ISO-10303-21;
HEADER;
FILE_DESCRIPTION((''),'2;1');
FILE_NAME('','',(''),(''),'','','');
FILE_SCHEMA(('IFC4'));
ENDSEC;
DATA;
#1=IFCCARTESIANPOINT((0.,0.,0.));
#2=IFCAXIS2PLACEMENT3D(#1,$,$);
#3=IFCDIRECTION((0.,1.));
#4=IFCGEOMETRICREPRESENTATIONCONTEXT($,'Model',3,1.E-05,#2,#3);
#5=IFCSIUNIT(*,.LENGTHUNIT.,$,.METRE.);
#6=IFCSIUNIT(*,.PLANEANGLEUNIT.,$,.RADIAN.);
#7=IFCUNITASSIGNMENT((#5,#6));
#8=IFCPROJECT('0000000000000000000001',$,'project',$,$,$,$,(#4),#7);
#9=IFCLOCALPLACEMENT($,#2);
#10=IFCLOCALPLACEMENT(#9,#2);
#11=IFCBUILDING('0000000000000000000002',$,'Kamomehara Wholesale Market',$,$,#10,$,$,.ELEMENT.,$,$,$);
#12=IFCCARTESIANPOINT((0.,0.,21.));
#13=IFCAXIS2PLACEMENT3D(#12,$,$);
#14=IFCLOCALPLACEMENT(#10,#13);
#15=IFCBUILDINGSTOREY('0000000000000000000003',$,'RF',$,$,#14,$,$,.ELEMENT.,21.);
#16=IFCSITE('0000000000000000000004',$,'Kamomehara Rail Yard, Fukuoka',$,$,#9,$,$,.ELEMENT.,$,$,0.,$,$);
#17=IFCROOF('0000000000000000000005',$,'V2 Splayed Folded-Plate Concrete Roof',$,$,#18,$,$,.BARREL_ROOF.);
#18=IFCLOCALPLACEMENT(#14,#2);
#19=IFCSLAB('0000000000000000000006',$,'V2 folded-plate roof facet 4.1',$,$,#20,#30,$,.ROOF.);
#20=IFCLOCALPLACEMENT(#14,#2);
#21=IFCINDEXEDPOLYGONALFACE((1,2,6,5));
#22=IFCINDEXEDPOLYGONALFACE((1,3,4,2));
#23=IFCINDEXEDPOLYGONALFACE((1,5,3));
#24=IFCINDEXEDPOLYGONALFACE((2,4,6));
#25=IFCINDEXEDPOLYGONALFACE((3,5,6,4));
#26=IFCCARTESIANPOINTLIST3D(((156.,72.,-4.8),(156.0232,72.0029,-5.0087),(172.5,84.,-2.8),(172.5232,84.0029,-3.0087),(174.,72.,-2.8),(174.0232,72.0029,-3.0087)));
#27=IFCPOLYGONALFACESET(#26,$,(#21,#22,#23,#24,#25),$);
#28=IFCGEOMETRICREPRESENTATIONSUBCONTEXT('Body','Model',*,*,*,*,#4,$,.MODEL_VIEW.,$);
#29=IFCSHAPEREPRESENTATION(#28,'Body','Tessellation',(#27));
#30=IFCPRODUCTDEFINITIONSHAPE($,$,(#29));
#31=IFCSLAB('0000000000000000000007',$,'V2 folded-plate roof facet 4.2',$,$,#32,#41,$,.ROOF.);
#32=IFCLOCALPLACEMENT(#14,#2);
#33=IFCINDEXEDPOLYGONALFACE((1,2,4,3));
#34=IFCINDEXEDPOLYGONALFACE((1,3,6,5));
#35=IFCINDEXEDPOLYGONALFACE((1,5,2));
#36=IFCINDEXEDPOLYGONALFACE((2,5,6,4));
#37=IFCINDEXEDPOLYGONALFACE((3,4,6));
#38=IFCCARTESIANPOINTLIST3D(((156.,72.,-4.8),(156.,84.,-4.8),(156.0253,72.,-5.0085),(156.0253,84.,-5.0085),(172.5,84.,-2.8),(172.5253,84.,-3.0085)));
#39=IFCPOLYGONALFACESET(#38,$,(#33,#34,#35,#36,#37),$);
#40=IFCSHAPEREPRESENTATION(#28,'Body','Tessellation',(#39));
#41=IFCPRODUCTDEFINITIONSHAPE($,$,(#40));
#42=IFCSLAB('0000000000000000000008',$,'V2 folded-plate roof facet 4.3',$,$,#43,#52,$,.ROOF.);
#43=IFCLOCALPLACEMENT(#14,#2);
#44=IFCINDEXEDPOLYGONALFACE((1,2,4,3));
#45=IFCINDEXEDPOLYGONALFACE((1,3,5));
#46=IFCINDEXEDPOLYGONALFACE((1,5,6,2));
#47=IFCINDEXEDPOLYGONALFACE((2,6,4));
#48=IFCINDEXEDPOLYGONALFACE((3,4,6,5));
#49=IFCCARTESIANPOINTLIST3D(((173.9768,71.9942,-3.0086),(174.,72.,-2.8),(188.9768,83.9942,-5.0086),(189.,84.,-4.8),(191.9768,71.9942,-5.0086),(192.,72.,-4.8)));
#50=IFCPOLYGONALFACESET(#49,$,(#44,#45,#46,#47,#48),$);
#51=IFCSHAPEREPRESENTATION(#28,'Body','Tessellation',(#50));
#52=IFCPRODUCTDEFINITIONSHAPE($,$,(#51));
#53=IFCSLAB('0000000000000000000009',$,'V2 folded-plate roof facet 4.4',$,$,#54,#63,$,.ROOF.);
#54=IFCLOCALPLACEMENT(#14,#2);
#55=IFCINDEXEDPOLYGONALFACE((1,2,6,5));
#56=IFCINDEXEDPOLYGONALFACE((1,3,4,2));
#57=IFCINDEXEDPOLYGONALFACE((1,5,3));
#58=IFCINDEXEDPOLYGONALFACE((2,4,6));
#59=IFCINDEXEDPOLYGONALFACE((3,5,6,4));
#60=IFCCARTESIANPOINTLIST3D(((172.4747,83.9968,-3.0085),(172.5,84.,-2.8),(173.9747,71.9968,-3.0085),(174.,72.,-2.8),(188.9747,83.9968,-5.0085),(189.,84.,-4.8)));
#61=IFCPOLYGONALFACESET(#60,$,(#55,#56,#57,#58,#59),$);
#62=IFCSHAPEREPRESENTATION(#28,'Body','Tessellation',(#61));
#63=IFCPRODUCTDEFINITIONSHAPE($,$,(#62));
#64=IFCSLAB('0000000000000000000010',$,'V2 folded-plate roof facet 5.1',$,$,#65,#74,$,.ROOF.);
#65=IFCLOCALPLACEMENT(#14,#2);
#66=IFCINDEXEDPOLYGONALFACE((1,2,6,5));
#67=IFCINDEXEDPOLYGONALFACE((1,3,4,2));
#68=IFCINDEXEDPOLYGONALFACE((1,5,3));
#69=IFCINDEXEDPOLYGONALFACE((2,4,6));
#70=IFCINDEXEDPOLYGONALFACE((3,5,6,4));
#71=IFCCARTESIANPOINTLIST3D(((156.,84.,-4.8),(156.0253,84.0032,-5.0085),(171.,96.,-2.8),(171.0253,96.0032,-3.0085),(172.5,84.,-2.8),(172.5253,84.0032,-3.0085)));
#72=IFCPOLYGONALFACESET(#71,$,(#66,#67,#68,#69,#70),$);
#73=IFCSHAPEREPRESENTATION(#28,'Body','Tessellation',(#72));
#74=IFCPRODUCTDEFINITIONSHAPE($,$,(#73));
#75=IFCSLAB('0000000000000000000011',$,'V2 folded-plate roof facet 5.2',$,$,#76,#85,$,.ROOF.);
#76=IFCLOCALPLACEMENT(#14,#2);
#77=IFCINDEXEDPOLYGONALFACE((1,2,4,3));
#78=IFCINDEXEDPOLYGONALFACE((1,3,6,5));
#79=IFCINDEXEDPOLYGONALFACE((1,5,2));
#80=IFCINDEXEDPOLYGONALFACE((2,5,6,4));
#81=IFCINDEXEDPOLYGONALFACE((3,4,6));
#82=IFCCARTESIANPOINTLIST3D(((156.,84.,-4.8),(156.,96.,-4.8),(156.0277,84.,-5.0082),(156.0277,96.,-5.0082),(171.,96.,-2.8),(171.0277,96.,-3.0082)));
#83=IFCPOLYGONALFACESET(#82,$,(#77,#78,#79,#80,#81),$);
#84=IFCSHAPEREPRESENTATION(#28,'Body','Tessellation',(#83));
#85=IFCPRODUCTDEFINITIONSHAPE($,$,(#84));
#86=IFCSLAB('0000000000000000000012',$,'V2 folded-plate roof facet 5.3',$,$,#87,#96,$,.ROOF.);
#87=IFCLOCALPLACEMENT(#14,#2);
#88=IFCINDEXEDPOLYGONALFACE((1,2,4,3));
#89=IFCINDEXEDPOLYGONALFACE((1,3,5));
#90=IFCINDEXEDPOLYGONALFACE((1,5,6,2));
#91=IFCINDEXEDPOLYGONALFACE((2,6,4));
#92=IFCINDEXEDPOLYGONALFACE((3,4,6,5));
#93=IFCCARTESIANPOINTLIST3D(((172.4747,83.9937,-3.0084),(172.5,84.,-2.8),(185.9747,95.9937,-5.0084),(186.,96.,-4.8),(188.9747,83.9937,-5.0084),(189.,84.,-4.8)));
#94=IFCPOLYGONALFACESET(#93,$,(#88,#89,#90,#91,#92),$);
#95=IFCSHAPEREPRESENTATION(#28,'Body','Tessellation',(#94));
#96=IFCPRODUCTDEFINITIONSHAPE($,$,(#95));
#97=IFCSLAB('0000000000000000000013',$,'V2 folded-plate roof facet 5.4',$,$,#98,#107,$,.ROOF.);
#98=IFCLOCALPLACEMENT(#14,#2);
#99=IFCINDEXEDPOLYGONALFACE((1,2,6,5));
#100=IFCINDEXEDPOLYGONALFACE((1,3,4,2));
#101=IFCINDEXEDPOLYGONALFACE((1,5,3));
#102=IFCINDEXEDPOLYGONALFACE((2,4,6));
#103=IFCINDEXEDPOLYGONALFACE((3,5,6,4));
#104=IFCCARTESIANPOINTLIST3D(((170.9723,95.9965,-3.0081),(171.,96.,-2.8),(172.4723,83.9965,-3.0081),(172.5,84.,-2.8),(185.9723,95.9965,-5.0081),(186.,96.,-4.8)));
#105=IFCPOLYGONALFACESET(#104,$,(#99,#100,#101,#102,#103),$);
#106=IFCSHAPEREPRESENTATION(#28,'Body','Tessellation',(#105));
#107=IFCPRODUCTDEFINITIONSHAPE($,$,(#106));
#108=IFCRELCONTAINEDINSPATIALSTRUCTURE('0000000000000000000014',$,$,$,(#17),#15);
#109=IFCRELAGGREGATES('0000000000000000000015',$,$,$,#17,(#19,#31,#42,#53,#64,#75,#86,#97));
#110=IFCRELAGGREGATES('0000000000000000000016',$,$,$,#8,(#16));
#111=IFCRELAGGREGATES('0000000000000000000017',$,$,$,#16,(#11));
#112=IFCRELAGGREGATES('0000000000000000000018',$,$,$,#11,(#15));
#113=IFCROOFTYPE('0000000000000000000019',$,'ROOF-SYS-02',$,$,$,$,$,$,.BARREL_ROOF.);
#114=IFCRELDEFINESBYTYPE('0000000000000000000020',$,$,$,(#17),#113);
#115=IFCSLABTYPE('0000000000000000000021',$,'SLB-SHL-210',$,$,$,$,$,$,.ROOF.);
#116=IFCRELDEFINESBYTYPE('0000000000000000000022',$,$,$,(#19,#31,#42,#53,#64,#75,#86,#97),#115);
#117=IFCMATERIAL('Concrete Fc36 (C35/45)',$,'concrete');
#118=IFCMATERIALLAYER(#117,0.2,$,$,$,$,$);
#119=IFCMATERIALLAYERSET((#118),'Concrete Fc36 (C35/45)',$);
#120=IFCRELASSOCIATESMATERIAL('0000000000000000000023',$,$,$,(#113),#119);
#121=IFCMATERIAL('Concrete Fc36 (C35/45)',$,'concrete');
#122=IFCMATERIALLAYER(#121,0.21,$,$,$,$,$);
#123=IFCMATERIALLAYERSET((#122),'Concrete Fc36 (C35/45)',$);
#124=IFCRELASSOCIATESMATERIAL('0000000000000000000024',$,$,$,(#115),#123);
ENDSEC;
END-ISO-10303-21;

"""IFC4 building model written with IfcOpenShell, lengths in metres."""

from ifc_helpers import new_model, si_unit, direction, frame, origin, place, context, subcontext, project, spatial, polyline, outline, extrude, material, layer, layer_set, type_object, element, aggregate, save


model = new_model("IFC4")

# Units and contexts
model_context = context("Model", 3, precision=1e-05, world=origin(), true_north=direction((0.0, 1.0)))
body_context = subcontext(model_context, "Body", "Model", "MODEL_VIEW")
ifc_project = project(units=[si_unit("LENGTHUNIT", "METRE"), si_unit("PLANEANGLEUNIT", "RADIAN")], contexts=[model_context])

# Site, building, storey
site_placement = place(None, origin())
site = spatial("IfcSite", under=ifc_project, at=site_placement, Name="Kamomehara Rail Yard, Fukuoka", CompositionType="ELEMENT", RefElevation=0.0)
building_placement = place(site_placement, origin())
building = spatial("IfcBuilding", under=site, at=building_placement, Name="Kamomehara Wholesale Market", CompositionType="ELEMENT")
storey_placement = place(building_placement, frame((0.0, 0.0, 21.0)))
storey = spatial("IfcBuildingStorey", under=building, at=storey_placement, Name="RF", CompositionType="ELEMENT", Elevation=21.0)

# Roof, slabs
ifc_material_1 = material(Name="Concrete Fc36 (C35/45)", Category="concrete")
ifc_layer_1 = layer(ifc_material_1, 0.2)
ifc_layer_set_1 = layer_set([ifc_layer_1], Name="Concrete Fc36 (C35/45)")
roof_type = type_object("IfcRoofType", Name="ROOF-SYS-02", PredefinedType="BARREL_ROOF", material=ifc_layer_set_1)
roof_placement = place(storey_placement, origin())
roof = element("IfcRoof", 1, at=roof_placement, inside=storey, type_object=roof_type, Name="V2 Splayed Folded-Plate Concrete Roof", PredefinedType="BARREL_ROOF")
ifc_material_2 = material(Name="Concrete Fc36 (C35/45)", Category="concrete")
ifc_layer_2 = layer(ifc_material_2, 0.21)
ifc_layer_set_2 = layer_set([ifc_layer_2], Name="Concrete Fc36 (C35/45)")
slab_type = type_object("IfcSlabType", Name="SLB-SHL-210", PredefinedType="ROOF", material=ifc_layer_set_2)
slab_1_placement = place(storey_placement, frame((156.0, 72.0, -4.8), z_axis=(-0.110421, -0.013803, 0.993789), x_axis=(0.993884, 0.0, 0.110432)))
slab_1 = element("IfcSlab", 2, at=slab_1_placement, type_object=slab_type, Name="V2 folded-plate roof facet 4.1", PredefinedType="ROOF", context=body_context, shape_type="SweptSolid", body=[
    extrude(outline(polyline([(0.0, 0.0), (18.1108, 0.0), (16.6199, 12.0011), (0.0, 0.0)])), origin(), (0.0, 0.0, -1.0), 0.21),
])
slab_2_placement = place(storey_placement, frame((156.0, 72.0, -4.8), z_axis=(-0.120331, 0.0, 0.992734), x_axis=(0.804878, 0.585366, 0.097561)))
slab_2 = element("IfcSlab", 3, at=slab_2_placement, type_object=slab_type, Name="V2 folded-plate roof facet 4.2", PredefinedType="ROOF", context=body_context, shape_type="SweptSolid", body=[
    extrude(outline(polyline([(0.0, 0.0), (20.5, 0.0), (7.0244, 9.7292), (0.0, 0.0)])), origin(), (0.0, 0.0, -1.0), 0.21),
])
slab_3_placement = place(storey_placement, frame((174.0, 72.0, -2.8), z_axis=(0.110389, 0.027597, 0.993505), x_axis=(0.993884, 0.0, -0.110432)))
slab_3 = element("IfcSlab", 4, at=slab_3_placement, type_object=slab_type, Name="V2 folded-plate roof facet 4.3", PredefinedType="ROOF", context=body_context, shape_type="SweptSolid", body=[
    extrude(outline(polyline([(0.0, 0.0), (18.1108, 0.0), (15.1291, 12.0046), (0.0, 0.0)])), origin(), (0.0, 0.0, -1.0), 0.21),
])
slab_4_placement = place(storey_placement, frame((174.0, 72.0, -2.8), z_axis=(0.120318, 0.01504, 0.992622), x_axis=(0.776671, 0.621336, -0.103556)))
slab_4 = element("IfcSlab", 5, at=slab_4_placement, type_object=slab_type, Name="V2 folded-plate roof facet 4.4", PredefinedType="ROOF", context=body_context, shape_type="SweptSolid", body=[
    extrude(outline(polyline([(0.0, 0.0), (19.3132, 0.0), (6.291, 10.3283), (0.0, 0.0)])), origin(), (0.0, 0.0, -1.0), 0.21),
])
slab_5_placement = place(storey_placement, frame((156.0, 84.0, -4.8), z_axis=(-0.120318, -0.01504, 0.992622), x_axis=(0.992734, 0.0, 0.120331)))
slab_5 = element("IfcSlab", 6, at=slab_5_placement, type_object=slab_type, Name="V2 folded-plate roof facet 5.1", PredefinedType="ROOF", context=body_context, shape_type="SweptSolid", body=[
    extrude(outline(polyline([(0.0, 0.0), (16.6208, 0.0), (15.1317, 12.0014), (0.0, 0.0)])), origin(), (0.0, 0.0, -1.0), 0.21),
])
slab_6_placement = place(storey_placement, frame((156.0, 84.0, -4.8), z_axis=(-0.132164, 0.0, 0.991228), x_axis=(0.776671, 0.621336, 0.103556)))
slab_6 = element("IfcSlab", 7, at=slab_6_placement, type_object=slab_type, Name="V2 folded-plate roof facet 5.2", PredefinedType="ROOF", context=body_context, shape_type="SweptSolid", body=[
    extrude(outline(polyline([(0.0, 0.0), (19.3132, 0.0), (7.456, 9.4025), (0.0, 0.0)])), origin(), (0.0, 0.0, -1.0), 0.21),
])
slab_7_placement = place(storey_placement, frame((172.5, 84.0, -2.8), z_axis=(0.120277, 0.030069, 0.992285), x_axis=(0.992734, 0.0, -0.120331)))
slab_7 = element("IfcSlab", 8, at=slab_7_placement, type_object=slab_type, Name="V2 folded-plate roof facet 5.3", PredefinedType="ROOF", context=body_context, shape_type="SweptSolid", body=[
    extrude(outline(polyline([(0.0, 0.0), (16.6208, 0.0), (13.6426, 12.0054), (0.0, 0.0)])), origin(), (0.0, 0.0, -1.0), 0.21),
])
slab_8_placement = place(storey_placement, frame((172.5, 84.0, -2.8), z_axis=(0.132146, 0.016518, 0.991093), x_axis=(0.742869, 0.660328, -0.110055)))
slab_8 = element("IfcSlab", 9, at=slab_8_placement, type_object=slab_type, Name="V2 folded-plate roof facet 5.4", PredefinedType="ROOF", context=body_context, shape_type="SweptSolid", body=[
    extrude(outline(polyline([(0.0, 0.0), (18.1728, 0.0), (6.8096, 9.9939), (0.0, 0.0)])), origin(), (0.0, 0.0, -1.0), 0.21),
])
aggregate(roof, [slab_1, slab_2, slab_3, slab_4, slab_5, slab_6, slab_7, slab_8])

save(model, "model.ifc")
